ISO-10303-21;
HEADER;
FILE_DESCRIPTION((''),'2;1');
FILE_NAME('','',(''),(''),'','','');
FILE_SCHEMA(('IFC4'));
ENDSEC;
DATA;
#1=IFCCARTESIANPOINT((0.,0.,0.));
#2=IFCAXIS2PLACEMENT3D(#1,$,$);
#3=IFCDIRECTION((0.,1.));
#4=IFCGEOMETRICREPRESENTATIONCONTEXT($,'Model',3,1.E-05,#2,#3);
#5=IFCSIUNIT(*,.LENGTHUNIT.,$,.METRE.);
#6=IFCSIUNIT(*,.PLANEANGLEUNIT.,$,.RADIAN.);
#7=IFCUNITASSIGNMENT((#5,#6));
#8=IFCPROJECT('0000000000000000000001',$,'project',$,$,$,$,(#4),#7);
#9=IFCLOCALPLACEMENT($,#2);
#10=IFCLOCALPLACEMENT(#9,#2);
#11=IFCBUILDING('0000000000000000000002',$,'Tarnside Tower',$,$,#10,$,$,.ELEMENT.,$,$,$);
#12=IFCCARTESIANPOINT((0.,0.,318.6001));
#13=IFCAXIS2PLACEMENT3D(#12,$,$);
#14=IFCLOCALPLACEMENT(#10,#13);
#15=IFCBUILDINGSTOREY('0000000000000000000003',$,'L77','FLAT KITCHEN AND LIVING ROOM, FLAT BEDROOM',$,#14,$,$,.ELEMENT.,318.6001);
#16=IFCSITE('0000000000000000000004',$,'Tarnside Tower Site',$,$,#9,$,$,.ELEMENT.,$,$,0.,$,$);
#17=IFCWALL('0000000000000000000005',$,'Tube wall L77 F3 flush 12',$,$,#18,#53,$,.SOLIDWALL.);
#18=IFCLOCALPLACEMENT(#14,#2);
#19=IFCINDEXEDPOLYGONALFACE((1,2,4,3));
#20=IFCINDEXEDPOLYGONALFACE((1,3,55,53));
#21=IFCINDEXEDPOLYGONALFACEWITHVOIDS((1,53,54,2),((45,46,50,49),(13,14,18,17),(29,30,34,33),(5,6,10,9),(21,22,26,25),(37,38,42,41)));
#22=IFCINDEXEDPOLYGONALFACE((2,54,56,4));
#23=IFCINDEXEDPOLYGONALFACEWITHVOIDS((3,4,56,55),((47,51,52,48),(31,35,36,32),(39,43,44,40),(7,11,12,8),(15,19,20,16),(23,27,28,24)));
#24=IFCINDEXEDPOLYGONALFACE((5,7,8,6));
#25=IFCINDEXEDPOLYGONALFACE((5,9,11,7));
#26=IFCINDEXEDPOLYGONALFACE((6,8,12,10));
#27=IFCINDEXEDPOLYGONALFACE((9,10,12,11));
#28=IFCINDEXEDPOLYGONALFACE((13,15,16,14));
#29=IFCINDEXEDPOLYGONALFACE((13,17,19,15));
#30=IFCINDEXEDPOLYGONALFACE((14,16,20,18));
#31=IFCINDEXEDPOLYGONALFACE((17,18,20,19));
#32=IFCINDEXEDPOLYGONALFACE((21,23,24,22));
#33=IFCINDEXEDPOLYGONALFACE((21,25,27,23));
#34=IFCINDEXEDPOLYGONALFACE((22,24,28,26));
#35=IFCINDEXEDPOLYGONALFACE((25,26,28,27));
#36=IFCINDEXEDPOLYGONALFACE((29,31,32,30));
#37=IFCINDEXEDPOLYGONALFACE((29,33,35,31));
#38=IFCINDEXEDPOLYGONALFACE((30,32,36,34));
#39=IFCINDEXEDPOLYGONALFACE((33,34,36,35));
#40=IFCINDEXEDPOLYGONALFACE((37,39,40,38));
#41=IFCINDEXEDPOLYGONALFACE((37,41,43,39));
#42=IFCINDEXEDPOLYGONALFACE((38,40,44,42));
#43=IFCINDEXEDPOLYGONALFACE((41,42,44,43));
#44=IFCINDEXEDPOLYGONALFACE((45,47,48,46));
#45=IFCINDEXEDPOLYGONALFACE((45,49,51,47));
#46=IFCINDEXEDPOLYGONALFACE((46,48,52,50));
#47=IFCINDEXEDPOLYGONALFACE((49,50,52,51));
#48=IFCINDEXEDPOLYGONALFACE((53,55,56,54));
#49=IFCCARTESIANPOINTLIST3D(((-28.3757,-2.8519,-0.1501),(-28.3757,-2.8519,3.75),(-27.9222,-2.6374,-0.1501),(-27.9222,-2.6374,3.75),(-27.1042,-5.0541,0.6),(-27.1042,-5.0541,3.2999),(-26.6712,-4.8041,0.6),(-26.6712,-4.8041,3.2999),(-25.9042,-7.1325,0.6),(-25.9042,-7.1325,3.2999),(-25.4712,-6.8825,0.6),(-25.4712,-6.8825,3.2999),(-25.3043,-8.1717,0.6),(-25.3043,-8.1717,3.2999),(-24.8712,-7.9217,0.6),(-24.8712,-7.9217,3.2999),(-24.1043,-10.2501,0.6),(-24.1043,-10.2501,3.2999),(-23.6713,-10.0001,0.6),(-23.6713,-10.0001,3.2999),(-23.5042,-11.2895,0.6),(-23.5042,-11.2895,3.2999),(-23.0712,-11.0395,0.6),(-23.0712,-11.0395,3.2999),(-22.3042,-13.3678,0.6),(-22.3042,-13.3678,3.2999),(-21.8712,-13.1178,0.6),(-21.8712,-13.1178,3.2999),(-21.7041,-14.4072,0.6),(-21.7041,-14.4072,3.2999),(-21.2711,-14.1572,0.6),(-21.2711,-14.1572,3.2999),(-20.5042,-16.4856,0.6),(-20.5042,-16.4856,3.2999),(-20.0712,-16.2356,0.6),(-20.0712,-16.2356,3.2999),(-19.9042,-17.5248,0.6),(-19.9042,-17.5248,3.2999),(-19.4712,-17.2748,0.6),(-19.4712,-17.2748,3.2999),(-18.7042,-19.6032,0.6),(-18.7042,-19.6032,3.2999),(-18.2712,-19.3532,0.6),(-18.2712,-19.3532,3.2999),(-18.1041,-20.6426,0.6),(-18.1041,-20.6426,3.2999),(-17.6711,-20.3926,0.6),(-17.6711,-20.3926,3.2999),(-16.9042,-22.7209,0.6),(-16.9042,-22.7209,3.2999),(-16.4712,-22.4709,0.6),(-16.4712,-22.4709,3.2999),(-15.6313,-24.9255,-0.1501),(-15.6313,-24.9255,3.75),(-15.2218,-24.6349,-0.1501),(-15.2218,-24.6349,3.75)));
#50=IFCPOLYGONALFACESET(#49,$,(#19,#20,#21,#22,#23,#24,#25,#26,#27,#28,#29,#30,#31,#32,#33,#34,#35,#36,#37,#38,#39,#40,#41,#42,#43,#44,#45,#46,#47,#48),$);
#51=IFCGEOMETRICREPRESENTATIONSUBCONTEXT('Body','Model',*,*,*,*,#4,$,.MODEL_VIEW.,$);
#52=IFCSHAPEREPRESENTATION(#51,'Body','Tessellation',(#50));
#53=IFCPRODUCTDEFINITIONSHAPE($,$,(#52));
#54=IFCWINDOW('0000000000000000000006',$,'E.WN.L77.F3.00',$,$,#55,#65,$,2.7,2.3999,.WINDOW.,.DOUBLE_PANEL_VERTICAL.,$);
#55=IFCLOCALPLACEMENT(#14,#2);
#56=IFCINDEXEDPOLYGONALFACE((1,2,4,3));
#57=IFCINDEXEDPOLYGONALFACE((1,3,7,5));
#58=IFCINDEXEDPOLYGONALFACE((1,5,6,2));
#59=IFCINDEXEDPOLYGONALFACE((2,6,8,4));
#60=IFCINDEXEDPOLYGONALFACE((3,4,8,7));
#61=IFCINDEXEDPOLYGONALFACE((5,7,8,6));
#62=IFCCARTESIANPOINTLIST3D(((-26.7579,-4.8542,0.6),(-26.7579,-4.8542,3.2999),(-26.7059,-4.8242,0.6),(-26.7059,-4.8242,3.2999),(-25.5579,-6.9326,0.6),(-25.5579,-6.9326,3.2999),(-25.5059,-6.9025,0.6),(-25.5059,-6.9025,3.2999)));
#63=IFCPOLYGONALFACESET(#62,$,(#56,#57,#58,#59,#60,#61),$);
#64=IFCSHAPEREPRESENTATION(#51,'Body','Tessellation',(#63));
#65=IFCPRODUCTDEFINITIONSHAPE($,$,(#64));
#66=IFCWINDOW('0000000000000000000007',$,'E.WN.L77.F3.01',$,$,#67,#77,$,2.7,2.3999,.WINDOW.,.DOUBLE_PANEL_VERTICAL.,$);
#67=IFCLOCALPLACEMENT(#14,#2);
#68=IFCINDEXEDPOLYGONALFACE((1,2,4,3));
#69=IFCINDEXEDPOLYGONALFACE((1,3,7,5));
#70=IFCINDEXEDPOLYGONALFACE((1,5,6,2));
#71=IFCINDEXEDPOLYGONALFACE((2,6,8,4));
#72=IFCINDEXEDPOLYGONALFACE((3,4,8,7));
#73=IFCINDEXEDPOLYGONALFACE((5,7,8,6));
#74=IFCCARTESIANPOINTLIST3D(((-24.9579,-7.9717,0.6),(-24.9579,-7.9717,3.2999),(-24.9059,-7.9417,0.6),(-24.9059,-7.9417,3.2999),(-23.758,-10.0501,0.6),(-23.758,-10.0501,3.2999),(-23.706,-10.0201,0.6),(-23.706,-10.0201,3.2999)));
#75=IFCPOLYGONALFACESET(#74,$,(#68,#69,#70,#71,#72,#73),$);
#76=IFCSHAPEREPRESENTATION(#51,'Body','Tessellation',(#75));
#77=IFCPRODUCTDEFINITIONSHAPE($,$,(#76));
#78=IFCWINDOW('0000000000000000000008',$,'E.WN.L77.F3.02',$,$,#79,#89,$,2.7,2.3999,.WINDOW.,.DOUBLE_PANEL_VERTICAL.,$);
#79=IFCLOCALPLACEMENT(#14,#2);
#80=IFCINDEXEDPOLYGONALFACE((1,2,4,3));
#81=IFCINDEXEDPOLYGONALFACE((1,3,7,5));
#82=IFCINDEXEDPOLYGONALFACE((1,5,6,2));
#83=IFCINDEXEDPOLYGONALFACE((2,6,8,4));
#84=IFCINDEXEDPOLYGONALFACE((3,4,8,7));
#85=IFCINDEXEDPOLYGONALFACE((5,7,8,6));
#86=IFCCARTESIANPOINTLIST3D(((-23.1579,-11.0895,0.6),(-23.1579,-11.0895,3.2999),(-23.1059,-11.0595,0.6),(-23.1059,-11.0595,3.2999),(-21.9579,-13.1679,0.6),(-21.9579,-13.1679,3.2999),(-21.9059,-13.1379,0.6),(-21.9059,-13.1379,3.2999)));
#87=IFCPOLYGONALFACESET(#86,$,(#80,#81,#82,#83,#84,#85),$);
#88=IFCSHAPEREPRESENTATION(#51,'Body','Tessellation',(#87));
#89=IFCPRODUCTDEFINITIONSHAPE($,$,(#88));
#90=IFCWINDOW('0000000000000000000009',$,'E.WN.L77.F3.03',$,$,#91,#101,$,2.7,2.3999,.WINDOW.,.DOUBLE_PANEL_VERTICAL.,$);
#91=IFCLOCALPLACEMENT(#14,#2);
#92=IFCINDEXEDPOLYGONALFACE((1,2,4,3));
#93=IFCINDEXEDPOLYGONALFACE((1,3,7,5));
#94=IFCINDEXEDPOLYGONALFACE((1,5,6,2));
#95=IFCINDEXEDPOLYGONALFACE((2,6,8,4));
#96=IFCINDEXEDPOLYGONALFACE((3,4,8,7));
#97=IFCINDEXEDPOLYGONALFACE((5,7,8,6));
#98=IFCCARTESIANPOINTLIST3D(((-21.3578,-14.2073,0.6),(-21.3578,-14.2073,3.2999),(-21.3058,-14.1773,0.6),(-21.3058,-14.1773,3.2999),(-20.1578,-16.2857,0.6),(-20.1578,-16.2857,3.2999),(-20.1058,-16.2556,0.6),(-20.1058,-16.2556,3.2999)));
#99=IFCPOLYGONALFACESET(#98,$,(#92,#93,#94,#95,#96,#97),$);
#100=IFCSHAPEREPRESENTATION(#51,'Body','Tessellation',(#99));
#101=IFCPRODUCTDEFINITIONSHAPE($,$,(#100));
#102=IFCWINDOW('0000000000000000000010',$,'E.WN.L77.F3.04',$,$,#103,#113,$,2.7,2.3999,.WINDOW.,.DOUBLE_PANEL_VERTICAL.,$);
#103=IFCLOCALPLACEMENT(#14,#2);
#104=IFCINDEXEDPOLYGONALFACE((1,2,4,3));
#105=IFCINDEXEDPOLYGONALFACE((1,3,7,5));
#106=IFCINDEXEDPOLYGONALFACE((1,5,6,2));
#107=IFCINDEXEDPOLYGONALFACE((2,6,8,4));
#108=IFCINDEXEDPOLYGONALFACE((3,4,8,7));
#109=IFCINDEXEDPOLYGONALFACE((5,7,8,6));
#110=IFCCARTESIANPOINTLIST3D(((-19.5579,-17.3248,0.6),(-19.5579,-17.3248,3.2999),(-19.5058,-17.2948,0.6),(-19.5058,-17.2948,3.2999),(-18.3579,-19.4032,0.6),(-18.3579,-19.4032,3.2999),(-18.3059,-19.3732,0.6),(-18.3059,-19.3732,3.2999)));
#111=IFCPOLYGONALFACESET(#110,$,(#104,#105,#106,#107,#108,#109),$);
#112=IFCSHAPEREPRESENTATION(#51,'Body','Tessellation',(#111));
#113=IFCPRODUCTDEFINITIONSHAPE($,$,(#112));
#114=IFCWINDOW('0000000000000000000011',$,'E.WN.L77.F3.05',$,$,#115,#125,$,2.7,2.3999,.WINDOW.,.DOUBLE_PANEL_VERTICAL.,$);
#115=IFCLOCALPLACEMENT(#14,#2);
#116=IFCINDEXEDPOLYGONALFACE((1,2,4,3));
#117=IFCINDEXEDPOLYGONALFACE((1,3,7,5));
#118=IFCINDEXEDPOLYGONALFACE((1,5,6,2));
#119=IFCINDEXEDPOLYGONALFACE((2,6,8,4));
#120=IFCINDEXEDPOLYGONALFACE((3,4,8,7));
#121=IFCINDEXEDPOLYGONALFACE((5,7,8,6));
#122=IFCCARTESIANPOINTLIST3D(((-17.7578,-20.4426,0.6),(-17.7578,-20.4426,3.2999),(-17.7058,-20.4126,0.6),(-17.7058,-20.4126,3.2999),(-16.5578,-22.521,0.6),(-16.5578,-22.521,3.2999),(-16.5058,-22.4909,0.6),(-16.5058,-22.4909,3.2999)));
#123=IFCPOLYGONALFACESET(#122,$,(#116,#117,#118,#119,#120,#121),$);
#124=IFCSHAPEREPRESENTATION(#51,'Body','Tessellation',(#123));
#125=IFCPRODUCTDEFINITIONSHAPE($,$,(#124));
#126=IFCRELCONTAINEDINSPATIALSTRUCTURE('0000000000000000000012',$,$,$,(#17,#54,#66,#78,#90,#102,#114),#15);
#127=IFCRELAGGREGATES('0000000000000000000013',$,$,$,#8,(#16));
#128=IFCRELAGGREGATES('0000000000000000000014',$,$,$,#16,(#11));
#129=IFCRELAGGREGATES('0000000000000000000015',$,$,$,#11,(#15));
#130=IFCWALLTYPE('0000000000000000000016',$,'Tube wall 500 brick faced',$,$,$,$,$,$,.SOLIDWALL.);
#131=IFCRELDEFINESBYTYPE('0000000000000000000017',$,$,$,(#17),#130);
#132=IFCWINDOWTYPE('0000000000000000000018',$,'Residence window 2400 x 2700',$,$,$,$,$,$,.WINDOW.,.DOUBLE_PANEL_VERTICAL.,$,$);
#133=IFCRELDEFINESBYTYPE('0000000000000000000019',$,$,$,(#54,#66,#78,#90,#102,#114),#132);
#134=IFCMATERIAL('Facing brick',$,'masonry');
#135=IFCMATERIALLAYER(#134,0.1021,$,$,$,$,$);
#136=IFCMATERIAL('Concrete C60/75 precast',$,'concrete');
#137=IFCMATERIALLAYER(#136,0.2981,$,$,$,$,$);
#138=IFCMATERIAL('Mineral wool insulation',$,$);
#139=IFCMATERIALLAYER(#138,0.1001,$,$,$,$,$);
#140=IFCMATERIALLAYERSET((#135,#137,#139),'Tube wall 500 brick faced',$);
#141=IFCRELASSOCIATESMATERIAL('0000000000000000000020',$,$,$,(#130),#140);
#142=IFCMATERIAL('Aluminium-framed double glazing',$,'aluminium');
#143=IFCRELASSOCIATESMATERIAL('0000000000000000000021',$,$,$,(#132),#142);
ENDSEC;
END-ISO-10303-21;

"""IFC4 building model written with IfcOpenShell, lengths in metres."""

from ifc_helpers import new_model, si_unit, direction, frame, frame_2d, origin, place, context, subcontext, project, spatial, polyline, rectangle, outline, extrude, material, layer, layer_set, type_object, element, fill, save


model = new_model("IFC4")

# Units and contexts
model_context = context("Model", 3, precision=1e-05, world=origin(), true_north=direction((0.0, 1.0)))
body_context = subcontext(model_context, "Body", "Model", "MODEL_VIEW")
ifc_project = project(units=[si_unit("LENGTHUNIT", "METRE"), si_unit("PLANEANGLEUNIT", "RADIAN")], contexts=[model_context])

# Site, building, storey
site_placement = place(None, origin())
site = spatial("IfcSite", under=ifc_project, at=site_placement, Name="Tarnside Tower Site", CompositionType="ELEMENT", RefElevation=0.0)
building_placement = place(site_placement, origin())
building = spatial("IfcBuilding", under=site, at=building_placement, Name="Tarnside Tower", CompositionType="ELEMENT")
storey_placement = place(building_placement, frame((0.0, 0.0, 318.6001)))
storey = spatial("IfcBuildingStorey", under=building, at=storey_placement, Name="L77", Description="FLAT KITCHEN AND LIVING ROOM, FLAT BEDROOM", CompositionType="ELEMENT", Elevation=318.6001)

# Shared definitions
ifc_material_1 = material(Name="Facing brick", Category="masonry")
ifc_layer_1 = layer(ifc_material_1, 0.1021)
ifc_material_2 = material(Name="Concrete C60/75 precast", Category="concrete")
ifc_layer_2 = layer(ifc_material_2, 0.2981)
ifc_material_3 = material(Name="Mineral wool insulation")
ifc_layer_3 = layer(ifc_material_3, 0.1001)
ifc_layer_set_1 = layer_set([ifc_layer_1, ifc_layer_2, ifc_layer_3], Name="Tube wall 500 brick faced")
wall_type_1 = type_object("IfcWallType", Name="Tube wall 500 brick faced", PredefinedType="SOLIDWALL", material=ifc_layer_set_1)

# Wall, openings, windows
wall_1_placement = place(storey_placement, frame((-28.1489, -2.7446, -0.1501), z_axis=(0.0, 0.0, 1.0), x_axis=(0.500004, -0.866023, 0.0)))
wall_1 = element("IfcWall", 1, at=wall_1_placement, inside=storey, type_object=wall_type_1, Name="Tube wall L77 F3 flush 12", PredefinedType="SOLIDWALL", context=body_context, shape_type="SweptSolid", body=[
    extrude(outline(polyline([(-0.0205, -0.25), (25.468, -0.25), (25.4211, 0.25), (0.0205, 0.25), (-0.0205, -0.25)])), origin(), (0.0, 0.0, 1.0), 3.9001),
])
opening_1_placement = place(wall_1_placement, frame((2.5225, 0.0, 0.75)))
opening_1 = element("IfcOpeningElement", 2, at=opening_1_placement, cuts=wall_1, PredefinedType="OPENING", context=body_context, shape_type="SweptSolid", body=[
    extrude(rectangle(XDim=2.3999, YDim=2.7, at=frame_2d((1.2, 1.3501))), frame((0.0, 0.26, 0.0), z_axis=(0.0, -1.0, 0.0), x_axis=(1.0, 0.0, 0.0)), (0.0, 0.0, 1.0), 0.52),
])
opening_2_placement = place(wall_1_placement, frame((6.1223, 0.0, 0.75)))
opening_2 = element("IfcOpeningElement", 3, at=opening_2_placement, cuts=wall_1, PredefinedType="OPENING", context=body_context, shape_type="SweptSolid", body=[
    extrude(rectangle(XDim=2.3999, YDim=2.7, at=frame_2d((1.2, 1.3501))), frame((0.0, 0.26, 0.0), z_axis=(0.0, -1.0, 0.0), x_axis=(1.0, 0.0, 0.0)), (0.0, 0.0, 1.0), 0.52),
])
opening_3_placement = place(wall_1_placement, frame((9.7224, 0.0, 0.75)))
opening_3 = element("IfcOpeningElement", 4, at=opening_3_placement, cuts=wall_1, PredefinedType="OPENING", context=body_context, shape_type="SweptSolid", body=[
    extrude(rectangle(XDim=2.3999, YDim=2.7, at=frame_2d((1.2, 1.3501))), frame((0.0, 0.26, 0.0), z_axis=(0.0, -1.0, 0.0), x_axis=(1.0, 0.0, 0.0)), (0.0, 0.0, 1.0), 0.52),
])
opening_4_placement = place(wall_1_placement, frame((13.3225, 0.0, 0.75)))
opening_4 = element("IfcOpeningElement", 5, at=opening_4_placement, cuts=wall_1, PredefinedType="OPENING", context=body_context, shape_type="SweptSolid", body=[
    extrude(rectangle(XDim=2.3999, YDim=2.7, at=frame_2d((1.2, 1.3501))), frame((0.0, 0.26, 0.0), z_axis=(0.0, -1.0, 0.0), x_axis=(1.0, 0.0, 0.0)), (0.0, 0.0, 1.0), 0.52),
])
opening_5_placement = place(wall_1_placement, frame((16.9224, 0.0, 0.75)))
opening_5 = element("IfcOpeningElement", 6, at=opening_5_placement, cuts=wall_1, PredefinedType="OPENING", context=body_context, shape_type="SweptSolid", body=[
    extrude(rectangle(XDim=2.3999, YDim=2.7, at=frame_2d((1.2, 1.3501))), frame((0.0, 0.26, 0.0), z_axis=(0.0, -1.0, 0.0), x_axis=(1.0, 0.0, 0.0)), (0.0, 0.0, 1.0), 0.52),
])
opening_6_placement = place(wall_1_placement, frame((20.5225, 0.0, 0.75)))
opening_6 = element("IfcOpeningElement", 7, at=opening_6_placement, cuts=wall_1, PredefinedType="OPENING", context=body_context, shape_type="SweptSolid", body=[
    extrude(rectangle(XDim=2.3999, YDim=2.7, at=frame_2d((1.2, 1.3501))), frame((0.0, 0.26, 0.0), z_axis=(0.0, -1.0, 0.0), x_axis=(1.0, 0.0, 0.0)), (0.0, 0.0, 1.0), 0.52),
])
ifc_material_4 = material(Name="Aluminium-framed double glazing", Category="aluminium")
window_type = type_object("IfcWindowType", Name="Residence window 2400 x 2700", PartitioningType="DOUBLE_PANEL_VERTICAL", PredefinedType="WINDOW", material=ifc_material_4)
window_1_placement = place(opening_1_placement, frame((0.0, 0.1799, 0.0)))
window_1 = element("IfcWindow", 8, at=window_1_placement, inside=storey, type_object=window_type, Name="E.WN.L77.F3.00", OverallHeight=2.7, OverallWidth=2.3999, PartitioningType="DOUBLE_PANEL_VERTICAL", PredefinedType="WINDOW", context=body_context, shape_type="SweptSolid", body=[
    extrude(rectangle(XDim=2.3999, YDim=2.7, at=frame_2d((1.2, 1.3501))), frame((0.0, 0.03, 0.0), z_axis=(0.0, -1.0, 0.0), x_axis=(1.0, 0.0, 0.0)), (0.0, 0.0, 1.0), 0.0601),
])
fill(opening_1, window_1)
window_2_placement = place(opening_2_placement, frame((0.0, 0.1799, 0.0)))
window_2 = element("IfcWindow", 9, at=window_2_placement, inside=storey, type_object=window_type, Name="E.WN.L77.F3.01", OverallHeight=2.7, OverallWidth=2.3999, PartitioningType="DOUBLE_PANEL_VERTICAL", PredefinedType="WINDOW", context=body_context, shape_type="SweptSolid", body=[
    extrude(rectangle(XDim=2.3999, YDim=2.7, at=frame_2d((1.2, 1.3501))), frame((0.0, 0.03, 0.0), z_axis=(0.0, -1.0, 0.0), x_axis=(1.0, 0.0, 0.0)), (0.0, 0.0, 1.0), 0.0601),
])
fill(opening_2, window_2)
window_3_placement = place(opening_3_placement, frame((0.0, 0.1799, 0.0)))
window_3 = element("IfcWindow", 10, at=window_3_placement, inside=storey, type_object=window_type, Name="E.WN.L77.F3.02", OverallHeight=2.7, OverallWidth=2.3999, PartitioningType="DOUBLE_PANEL_VERTICAL", PredefinedType="WINDOW", context=body_context, shape_type="SweptSolid", body=[
    extrude(rectangle(XDim=2.3999, YDim=2.7, at=frame_2d((1.2, 1.3501))), frame((0.0, 0.03, 0.0), z_axis=(0.0, -1.0, 0.0), x_axis=(1.0, 0.0, 0.0)), (0.0, 0.0, 1.0), 0.0601),
])
fill(opening_3, window_3)
window_4_placement = place(opening_4_placement, frame((0.0, 0.1799, 0.0)))
window_4 = element("IfcWindow", 11, at=window_4_placement, inside=storey, type_object=window_type, Name="E.WN.L77.F3.03", OverallHeight=2.7, OverallWidth=2.3999, PartitioningType="DOUBLE_PANEL_VERTICAL", PredefinedType="WINDOW", context=body_context, shape_type="SweptSolid", body=[
    extrude(rectangle(XDim=2.3999, YDim=2.7, at=frame_2d((1.2, 1.3501))), frame((0.0, 0.03, 0.0), z_axis=(0.0, -1.0, 0.0), x_axis=(1.0, 0.0, 0.0)), (0.0, 0.0, 1.0), 0.0601),
])
fill(opening_4, window_4)
window_5_placement = place(opening_5_placement, frame((0.0, 0.1799, 0.0)))
window_5 = element("IfcWindow", 12, at=window_5_placement, inside=storey, type_object=window_type, Name="E.WN.L77.F3.04", OverallHeight=2.7, OverallWidth=2.3999, PartitioningType="DOUBLE_PANEL_VERTICAL", PredefinedType="WINDOW", context=body_context, shape_type="SweptSolid", body=[
    extrude(rectangle(XDim=2.3999, YDim=2.7, at=frame_2d((1.2, 1.3501))), frame((0.0, 0.03, 0.0), z_axis=(0.0, -1.0, 0.0), x_axis=(1.0, 0.0, 0.0)), (0.0, 0.0, 1.0), 0.0601),
])
fill(opening_5, window_5)
window_6_placement = place(opening_6_placement, frame((0.0, 0.1799, 0.0)))
window_6 = element("IfcWindow", 13, at=window_6_placement, inside=storey, type_object=window_type, Name="E.WN.L77.F3.05", OverallHeight=2.7, OverallWidth=2.3999, PartitioningType="DOUBLE_PANEL_VERTICAL", PredefinedType="WINDOW", context=body_context, shape_type="SweptSolid", body=[
    extrude(rectangle(XDim=2.3999, YDim=2.7, at=frame_2d((1.2, 1.3501))), frame((0.0, 0.03, 0.0), z_axis=(0.0, -1.0, 0.0), x_axis=(1.0, 0.0, 0.0)), (0.0, 0.0, 1.0), 0.0601),
])
fill(opening_6, window_6)

save(model, "model.ifc")
